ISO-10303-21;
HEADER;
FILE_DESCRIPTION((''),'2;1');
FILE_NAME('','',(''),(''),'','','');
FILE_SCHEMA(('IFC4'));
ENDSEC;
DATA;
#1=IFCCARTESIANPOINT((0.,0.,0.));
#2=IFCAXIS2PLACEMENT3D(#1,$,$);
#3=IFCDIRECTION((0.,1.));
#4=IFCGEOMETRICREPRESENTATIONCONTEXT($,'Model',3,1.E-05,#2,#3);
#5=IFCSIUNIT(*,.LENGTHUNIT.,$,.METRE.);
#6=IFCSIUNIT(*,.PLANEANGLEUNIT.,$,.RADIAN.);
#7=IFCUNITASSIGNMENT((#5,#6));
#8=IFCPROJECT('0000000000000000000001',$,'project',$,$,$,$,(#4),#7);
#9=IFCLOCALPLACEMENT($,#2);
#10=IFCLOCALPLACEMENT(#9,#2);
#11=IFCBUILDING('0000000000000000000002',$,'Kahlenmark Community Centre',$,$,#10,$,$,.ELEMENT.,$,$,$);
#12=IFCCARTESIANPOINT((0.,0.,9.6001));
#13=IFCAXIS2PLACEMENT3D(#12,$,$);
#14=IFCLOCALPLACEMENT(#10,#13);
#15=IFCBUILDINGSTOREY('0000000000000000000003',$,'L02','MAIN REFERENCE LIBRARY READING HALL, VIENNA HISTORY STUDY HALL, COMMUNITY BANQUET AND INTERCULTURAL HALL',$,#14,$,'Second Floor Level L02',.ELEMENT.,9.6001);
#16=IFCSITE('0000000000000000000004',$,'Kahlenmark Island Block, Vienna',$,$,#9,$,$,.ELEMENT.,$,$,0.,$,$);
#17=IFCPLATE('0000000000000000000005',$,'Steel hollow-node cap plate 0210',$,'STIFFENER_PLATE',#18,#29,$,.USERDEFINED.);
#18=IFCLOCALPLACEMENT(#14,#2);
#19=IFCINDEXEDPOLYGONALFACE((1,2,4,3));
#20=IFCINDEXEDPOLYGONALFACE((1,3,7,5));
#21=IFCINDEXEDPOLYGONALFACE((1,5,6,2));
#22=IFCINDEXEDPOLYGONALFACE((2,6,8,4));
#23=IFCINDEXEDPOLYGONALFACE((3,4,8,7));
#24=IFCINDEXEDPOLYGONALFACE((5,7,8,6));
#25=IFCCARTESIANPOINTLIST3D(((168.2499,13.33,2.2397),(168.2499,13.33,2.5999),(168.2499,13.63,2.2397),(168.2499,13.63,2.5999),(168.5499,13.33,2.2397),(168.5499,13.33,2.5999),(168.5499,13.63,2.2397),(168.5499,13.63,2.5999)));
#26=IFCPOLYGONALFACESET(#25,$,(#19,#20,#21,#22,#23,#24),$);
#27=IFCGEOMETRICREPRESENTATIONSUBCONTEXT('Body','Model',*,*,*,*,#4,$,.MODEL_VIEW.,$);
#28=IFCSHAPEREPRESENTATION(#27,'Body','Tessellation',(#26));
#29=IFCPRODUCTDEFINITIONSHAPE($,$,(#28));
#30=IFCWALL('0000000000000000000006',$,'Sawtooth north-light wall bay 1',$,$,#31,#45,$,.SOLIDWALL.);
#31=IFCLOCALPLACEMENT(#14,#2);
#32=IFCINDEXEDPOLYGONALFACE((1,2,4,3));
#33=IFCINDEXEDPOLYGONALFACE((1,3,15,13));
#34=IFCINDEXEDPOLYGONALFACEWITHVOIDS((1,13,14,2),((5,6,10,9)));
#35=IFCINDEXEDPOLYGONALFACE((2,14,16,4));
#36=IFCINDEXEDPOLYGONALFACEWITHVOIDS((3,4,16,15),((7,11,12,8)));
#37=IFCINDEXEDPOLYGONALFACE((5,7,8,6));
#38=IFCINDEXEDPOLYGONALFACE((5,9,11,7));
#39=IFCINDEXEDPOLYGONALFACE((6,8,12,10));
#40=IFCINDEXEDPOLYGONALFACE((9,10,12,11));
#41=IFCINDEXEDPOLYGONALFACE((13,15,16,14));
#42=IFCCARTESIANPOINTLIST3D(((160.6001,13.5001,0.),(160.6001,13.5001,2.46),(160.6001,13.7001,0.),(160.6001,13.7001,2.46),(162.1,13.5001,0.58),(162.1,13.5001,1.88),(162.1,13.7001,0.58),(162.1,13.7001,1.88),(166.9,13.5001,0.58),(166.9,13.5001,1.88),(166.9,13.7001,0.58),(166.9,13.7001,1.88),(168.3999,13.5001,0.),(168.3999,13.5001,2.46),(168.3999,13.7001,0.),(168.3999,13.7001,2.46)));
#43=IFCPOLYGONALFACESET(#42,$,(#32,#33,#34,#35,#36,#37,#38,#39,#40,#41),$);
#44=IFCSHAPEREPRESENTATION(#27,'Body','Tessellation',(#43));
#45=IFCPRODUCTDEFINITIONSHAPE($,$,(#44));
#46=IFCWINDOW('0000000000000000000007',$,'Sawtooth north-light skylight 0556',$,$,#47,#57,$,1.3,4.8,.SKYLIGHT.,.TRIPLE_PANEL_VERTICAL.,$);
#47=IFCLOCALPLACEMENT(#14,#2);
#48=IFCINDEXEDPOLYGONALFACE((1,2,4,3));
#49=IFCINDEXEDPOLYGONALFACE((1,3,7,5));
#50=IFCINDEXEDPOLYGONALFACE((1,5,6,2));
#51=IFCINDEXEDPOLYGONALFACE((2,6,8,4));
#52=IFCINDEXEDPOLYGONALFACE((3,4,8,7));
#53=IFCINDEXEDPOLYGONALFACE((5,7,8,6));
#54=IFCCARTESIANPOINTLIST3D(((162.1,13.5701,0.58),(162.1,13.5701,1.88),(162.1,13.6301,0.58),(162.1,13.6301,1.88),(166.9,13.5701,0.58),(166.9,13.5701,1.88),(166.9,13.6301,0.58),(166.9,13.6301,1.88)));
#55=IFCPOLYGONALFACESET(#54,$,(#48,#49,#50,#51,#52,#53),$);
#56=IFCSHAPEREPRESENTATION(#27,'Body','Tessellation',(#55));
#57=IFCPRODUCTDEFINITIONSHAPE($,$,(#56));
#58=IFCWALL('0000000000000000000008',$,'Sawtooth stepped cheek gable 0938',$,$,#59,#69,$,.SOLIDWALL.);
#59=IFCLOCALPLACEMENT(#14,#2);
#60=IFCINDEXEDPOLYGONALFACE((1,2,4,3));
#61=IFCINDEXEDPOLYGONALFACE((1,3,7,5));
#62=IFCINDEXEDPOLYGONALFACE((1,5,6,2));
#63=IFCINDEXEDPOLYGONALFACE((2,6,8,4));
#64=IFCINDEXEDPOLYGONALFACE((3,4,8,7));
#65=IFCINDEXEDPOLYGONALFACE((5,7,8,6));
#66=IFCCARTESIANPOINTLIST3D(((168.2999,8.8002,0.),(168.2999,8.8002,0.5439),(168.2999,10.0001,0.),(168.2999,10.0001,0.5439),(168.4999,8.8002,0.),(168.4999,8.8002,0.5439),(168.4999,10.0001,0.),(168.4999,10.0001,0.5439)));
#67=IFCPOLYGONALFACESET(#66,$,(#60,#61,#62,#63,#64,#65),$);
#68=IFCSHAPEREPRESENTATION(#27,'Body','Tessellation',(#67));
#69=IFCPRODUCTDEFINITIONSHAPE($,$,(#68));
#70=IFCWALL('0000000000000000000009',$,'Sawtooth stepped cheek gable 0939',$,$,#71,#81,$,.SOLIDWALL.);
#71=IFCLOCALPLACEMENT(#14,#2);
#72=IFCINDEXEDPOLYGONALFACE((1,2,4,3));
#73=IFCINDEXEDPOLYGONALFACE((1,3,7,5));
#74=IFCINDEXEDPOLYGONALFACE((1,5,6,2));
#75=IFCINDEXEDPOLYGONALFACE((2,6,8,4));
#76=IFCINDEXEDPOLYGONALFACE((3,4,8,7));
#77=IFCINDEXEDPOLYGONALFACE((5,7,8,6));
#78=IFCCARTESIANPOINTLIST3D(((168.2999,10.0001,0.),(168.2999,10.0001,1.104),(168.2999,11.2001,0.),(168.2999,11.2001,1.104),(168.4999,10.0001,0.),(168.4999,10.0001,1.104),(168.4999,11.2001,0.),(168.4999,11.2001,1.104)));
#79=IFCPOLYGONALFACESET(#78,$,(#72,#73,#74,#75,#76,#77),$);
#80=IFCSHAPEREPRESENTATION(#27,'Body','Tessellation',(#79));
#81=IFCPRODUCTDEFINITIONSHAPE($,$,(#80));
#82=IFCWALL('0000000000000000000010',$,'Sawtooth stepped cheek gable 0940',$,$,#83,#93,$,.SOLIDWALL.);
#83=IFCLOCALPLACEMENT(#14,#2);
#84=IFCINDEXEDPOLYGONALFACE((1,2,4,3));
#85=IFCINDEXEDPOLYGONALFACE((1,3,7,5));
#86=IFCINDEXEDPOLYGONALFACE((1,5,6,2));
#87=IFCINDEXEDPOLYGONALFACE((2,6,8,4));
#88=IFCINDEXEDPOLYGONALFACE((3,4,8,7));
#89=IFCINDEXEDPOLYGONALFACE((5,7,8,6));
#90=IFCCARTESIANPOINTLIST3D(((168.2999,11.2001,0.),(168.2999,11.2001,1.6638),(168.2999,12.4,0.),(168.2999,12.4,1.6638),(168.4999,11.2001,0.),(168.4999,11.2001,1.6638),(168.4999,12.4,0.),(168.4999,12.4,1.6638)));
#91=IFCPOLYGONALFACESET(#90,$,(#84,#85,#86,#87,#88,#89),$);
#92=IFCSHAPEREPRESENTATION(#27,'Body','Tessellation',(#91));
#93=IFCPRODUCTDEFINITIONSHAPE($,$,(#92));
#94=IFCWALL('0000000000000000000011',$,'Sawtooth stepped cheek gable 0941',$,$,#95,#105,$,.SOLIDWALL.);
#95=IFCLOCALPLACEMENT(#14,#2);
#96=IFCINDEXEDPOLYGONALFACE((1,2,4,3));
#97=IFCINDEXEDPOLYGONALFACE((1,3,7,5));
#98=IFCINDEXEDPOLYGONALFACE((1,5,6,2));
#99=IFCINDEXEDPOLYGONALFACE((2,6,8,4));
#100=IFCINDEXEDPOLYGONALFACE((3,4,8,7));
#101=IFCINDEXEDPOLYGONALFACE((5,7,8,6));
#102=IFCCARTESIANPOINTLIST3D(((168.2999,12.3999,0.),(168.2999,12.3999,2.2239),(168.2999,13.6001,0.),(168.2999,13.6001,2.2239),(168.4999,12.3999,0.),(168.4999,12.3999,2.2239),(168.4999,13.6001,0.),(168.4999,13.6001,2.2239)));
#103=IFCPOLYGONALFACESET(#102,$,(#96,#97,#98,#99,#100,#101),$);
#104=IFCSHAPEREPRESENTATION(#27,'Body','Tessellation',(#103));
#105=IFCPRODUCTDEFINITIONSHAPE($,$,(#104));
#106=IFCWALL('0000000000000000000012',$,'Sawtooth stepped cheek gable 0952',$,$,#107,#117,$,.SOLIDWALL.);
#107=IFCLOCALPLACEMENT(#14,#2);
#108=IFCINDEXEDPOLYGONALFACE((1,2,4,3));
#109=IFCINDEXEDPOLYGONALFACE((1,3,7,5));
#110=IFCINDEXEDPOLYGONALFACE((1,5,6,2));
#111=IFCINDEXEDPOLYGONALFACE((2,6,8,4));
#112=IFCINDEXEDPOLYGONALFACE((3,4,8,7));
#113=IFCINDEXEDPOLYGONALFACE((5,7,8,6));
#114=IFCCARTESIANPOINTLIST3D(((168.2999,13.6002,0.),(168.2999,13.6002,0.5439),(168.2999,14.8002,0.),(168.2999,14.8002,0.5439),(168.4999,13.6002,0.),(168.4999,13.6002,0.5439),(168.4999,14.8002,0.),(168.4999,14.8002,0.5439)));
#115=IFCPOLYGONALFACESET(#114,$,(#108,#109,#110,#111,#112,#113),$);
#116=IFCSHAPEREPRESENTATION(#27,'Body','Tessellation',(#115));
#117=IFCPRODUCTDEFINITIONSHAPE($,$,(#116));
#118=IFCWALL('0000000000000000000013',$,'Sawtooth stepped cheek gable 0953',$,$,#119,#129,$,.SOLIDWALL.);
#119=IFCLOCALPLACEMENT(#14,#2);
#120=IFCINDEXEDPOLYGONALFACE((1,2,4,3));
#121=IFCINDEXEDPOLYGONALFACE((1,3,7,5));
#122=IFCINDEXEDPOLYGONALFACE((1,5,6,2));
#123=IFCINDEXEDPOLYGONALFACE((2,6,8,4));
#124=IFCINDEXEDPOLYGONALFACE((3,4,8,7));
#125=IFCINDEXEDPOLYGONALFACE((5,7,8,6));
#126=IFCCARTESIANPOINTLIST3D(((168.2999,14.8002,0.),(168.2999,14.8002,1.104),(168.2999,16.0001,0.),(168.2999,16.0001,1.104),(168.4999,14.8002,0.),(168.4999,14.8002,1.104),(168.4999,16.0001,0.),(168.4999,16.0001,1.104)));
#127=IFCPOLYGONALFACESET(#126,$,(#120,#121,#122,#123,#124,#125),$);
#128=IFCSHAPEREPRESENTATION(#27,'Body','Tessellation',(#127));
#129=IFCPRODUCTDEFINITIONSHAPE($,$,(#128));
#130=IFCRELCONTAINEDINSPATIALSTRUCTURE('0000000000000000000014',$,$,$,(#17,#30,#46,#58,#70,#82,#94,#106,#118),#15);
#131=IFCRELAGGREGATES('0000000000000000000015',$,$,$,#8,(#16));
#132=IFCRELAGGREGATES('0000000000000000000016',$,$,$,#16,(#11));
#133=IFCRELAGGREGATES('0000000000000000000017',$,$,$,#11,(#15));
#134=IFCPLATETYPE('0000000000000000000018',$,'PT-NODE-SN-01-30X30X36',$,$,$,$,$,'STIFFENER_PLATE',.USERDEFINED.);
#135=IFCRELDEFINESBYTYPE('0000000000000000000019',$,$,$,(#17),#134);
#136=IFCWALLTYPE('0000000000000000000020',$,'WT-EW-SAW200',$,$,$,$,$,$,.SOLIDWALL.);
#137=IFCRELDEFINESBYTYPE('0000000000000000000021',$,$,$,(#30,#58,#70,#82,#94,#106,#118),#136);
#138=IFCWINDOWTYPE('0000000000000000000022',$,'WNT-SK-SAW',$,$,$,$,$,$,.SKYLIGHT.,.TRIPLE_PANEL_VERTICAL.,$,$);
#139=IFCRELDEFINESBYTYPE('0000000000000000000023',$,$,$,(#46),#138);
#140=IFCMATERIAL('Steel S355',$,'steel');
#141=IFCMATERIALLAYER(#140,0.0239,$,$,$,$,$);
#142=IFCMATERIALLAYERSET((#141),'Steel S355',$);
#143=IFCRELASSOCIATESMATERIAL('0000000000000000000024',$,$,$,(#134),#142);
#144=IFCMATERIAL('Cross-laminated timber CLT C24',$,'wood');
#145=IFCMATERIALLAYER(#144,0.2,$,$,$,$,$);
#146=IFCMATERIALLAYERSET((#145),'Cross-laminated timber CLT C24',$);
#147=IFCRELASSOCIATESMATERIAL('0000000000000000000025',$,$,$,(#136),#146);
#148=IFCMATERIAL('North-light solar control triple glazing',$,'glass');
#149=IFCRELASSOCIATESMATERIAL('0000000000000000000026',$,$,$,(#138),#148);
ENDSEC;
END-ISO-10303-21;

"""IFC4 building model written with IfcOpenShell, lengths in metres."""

from ifc_helpers import new_model, si_unit, direction, frame, frame_2d, origin, origin_2d, place, context, subcontext, project, spatial, rectangle, extrude, material, layer, layer_set, type_object, element, fill, save


model = new_model("IFC4")

# Units and contexts
model_context = context("Model", 3, precision=1e-05, world=origin(), true_north=direction((0.0, 1.0)))
body_context = subcontext(model_context, "Body", "Model", "MODEL_VIEW")
ifc_project = project(units=[si_unit("LENGTHUNIT", "METRE"), si_unit("PLANEANGLEUNIT", "RADIAN")], contexts=[model_context])

# Site, building, storey
site_placement = place(None, origin())
site = spatial("IfcSite", under=ifc_project, at=site_placement, Name="Kahlenmark Island Block, Vienna", CompositionType="ELEMENT", RefElevation=0.0)
building_placement = place(site_placement, origin())
building = spatial("IfcBuilding", under=site, at=building_placement, Name="Kahlenmark Community Centre", CompositionType="ELEMENT")
storey_placement = place(building_placement, frame((0.0, 0.0, 9.6001)))
storey = spatial("IfcBuildingStorey", under=building, at=storey_placement, Name="L02", Description="MAIN REFERENCE LIBRARY READING HALL, VIENNA HISTORY STUDY HALL, COMMUNITY BANQUET AND INTERCULTURAL HALL", LongName="Second Floor Level L02", CompositionType="ELEMENT", Elevation=9.6001)

# Shared definitions
ifc_material_1 = material(Name="Steel S355", Category="steel")

# Plate
ifc_layer_1 = layer(ifc_material_1, 0.0239)
ifc_layer_set_1 = layer_set([ifc_layer_1], Name="Steel S355")
plate_type_1 = type_object("IfcPlateType", Name="PT-NODE-SN-01-30X30X36", ElementType="STIFFENER_PLATE", PredefinedType="USERDEFINED", material=ifc_layer_set_1)
for number, where, z_axis, x_axis, name in (
    (1, (168.3999, 13.48, 2.2397), (0.0, 0.0, 1.0), (1.0, 0.0, 0.0), "Steel hollow-node cap plate 0210"),
):
    element("IfcPlate", number, at=place(storey_placement, frame(where, z_axis=z_axis, x_axis=x_axis)), inside=storey, type_object=plate_type_1, Name=name, ObjectType="STIFFENER_PLATE", PredefinedType="USERDEFINED", context=body_context, shape_type="SweptSolid", body=[
        extrude(rectangle(XDim=0.3, YDim=0.3, at=origin_2d()), origin(), (0.0, 0.0, 1.0), 0.3601),
    ])

# Wall, opening, window
ifc_material_2 = material(Name="Cross-laminated timber CLT C24", Category="wood")
ifc_layer_2 = layer(ifc_material_2, 0.2)
ifc_layer_set_2 = layer_set([ifc_layer_2], Name="Cross-laminated timber CLT C24")
wall_type = type_object("IfcWallType", Name="WT-EW-SAW200", PredefinedType="SOLIDWALL", material=ifc_layer_set_2)
wall_1_placement = place(storey_placement, frame((160.6001, 13.6001, 0.0), z_axis=(0.0, 0.0, 1.0), x_axis=(1.0, 0.0, 0.0)))
wall_1 = element("IfcWall", 2, at=wall_1_placement, inside=storey, type_object=wall_type, Name="Sawtooth north-light wall bay 1", PredefinedType="SOLIDWALL", context=body_context, shape_type="SweptSolid", body=[
    extrude(rectangle(XDim=7.7998, YDim=0.2, at=frame_2d((3.8999, 0.0))), origin(), (0.0, 0.0, 1.0), 2.46),
])
opening_placement = place(wall_1_placement, frame((1.5, 0.0, 0.5801)))
opening = element("IfcOpeningElement", 3, at=opening_placement, cuts=wall_1, PredefinedType="OPENING", context=body_context, shape_type="SweptSolid", body=[
    extrude(rectangle(XDim=4.8, YDim=1.3, at=frame_2d((2.3999, 0.6499))), frame((0.0, 0.1099, 0.0), z_axis=(0.0, -1.0, 0.0), x_axis=(1.0, 0.0, 0.0)), (0.0, 0.0, 1.0), 0.22),
])
ifc_material_3 = material(Name="North-light solar control triple glazing", Category="glass")
window_type = type_object("IfcWindowType", Name="WNT-SK-SAW", PartitioningType="TRIPLE_PANEL_VERTICAL", PredefinedType="SKYLIGHT", material=ifc_material_3)
window_placement = place(opening_placement, origin())
window = element("IfcWindow", 4, at=window_placement, inside=storey, type_object=window_type, Name="Sawtooth north-light skylight 0556", OverallHeight=1.3, OverallWidth=4.8, PartitioningType="TRIPLE_PANEL_VERTICAL", PredefinedType="SKYLIGHT", context=body_context, shape_type="SweptSolid", body=[
    extrude(rectangle(XDim=4.8, YDim=1.3, at=frame_2d((2.3999, 0.6499))), frame((0.0, 0.03, 0.0), z_axis=(0.0, -1.0, 0.0), x_axis=(1.0, 0.0, 0.0)), (0.0, 0.0, 1.0), 0.0601),
])
fill(opening, window)

# Walls
wall_2_placement = place(storey_placement, frame((168.3999, 8.8, 0.0), z_axis=(0.0, 0.0, 1.0), x_axis=(0.0, 1.0, 0.0)))
element("IfcWall", 5, at=wall_2_placement, inside=storey, type_object=wall_type, Name="Sawtooth stepped cheek gable 0938", PredefinedType="SOLIDWALL", context=body_context, shape_type="SweptSolid", body=[
    extrude(rectangle(XDim=1.2, YDim=0.2, at=frame_2d((0.6001, 0.0))), origin(), (0.0, 0.0, 1.0), 0.5439),
])
wall_3_placement = place(storey_placement, frame((168.3999, 10.0, 0.0), z_axis=(0.0, 0.0, 1.0), x_axis=(0.0, 1.0, 0.0)))
element("IfcWall", 6, at=wall_3_placement, inside=storey, type_object=wall_type, Name="Sawtooth stepped cheek gable 0939", PredefinedType="SOLIDWALL", context=body_context, shape_type="SweptSolid", body=[
    extrude(rectangle(XDim=1.2, YDim=0.2, at=frame_2d((0.6001, 0.0))), origin(), (0.0, 0.0, 1.0), 1.104),
])
wall_4_placement = place(storey_placement, frame((168.3999, 11.2, 0.0), z_axis=(0.0, 0.0, 1.0), x_axis=(0.0, 1.0, 0.0)))
element("IfcWall", 7, at=wall_4_placement, inside=storey, type_object=wall_type, Name="Sawtooth stepped cheek gable 0940", PredefinedType="SOLIDWALL", context=body_context, shape_type="SweptSolid", body=[
    extrude(rectangle(XDim=1.2, YDim=0.2, at=frame_2d((0.6001, 0.0))), origin(), (0.0, 0.0, 1.0), 1.6638),
])
wall_5_placement = place(storey_placement, frame((168.3999, 12.3999, 0.0), z_axis=(0.0, 0.0, 1.0), x_axis=(0.0, 1.0, 0.0)))
element("IfcWall", 8, at=wall_5_placement, inside=storey, type_object=wall_type, Name="Sawtooth stepped cheek gable 0941", PredefinedType="SOLIDWALL", context=body_context, shape_type="SweptSolid", body=[
    extrude(rectangle(XDim=1.2002, YDim=0.2, at=frame_2d((0.6001, 0.0))), origin(), (0.0, 0.0, 1.0), 2.2239),
])
wall_6_placement = place(storey_placement, frame((168.3999, 13.6001, 0.0), z_axis=(0.0, 0.0, 1.0), x_axis=(0.0, 1.0, 0.0)))
element("IfcWall", 9, at=wall_6_placement, inside=storey, type_object=wall_type, Name="Sawtooth stepped cheek gable 0952", PredefinedType="SOLIDWALL", context=body_context, shape_type="SweptSolid", body=[
    extrude(rectangle(XDim=1.2, YDim=0.2, at=frame_2d((0.6001, 0.0))), origin(), (0.0, 0.0, 1.0), 0.5439),
])
wall_7_placement = place(storey_placement, frame((168.3999, 14.8, 0.0), z_axis=(0.0, 0.0, 1.0), x_axis=(0.0, 1.0, 0.0)))
element("IfcWall", 10, at=wall_7_placement, inside=storey, type_object=wall_type, Name="Sawtooth stepped cheek gable 0953", PredefinedType="SOLIDWALL", context=body_context, shape_type="SweptSolid", body=[
    extrude(rectangle(XDim=1.2, YDim=0.2, at=frame_2d((0.6001, 0.0))), origin(), (0.0, 0.0, 1.0), 1.104),
])

save(model, "model.ifc")
